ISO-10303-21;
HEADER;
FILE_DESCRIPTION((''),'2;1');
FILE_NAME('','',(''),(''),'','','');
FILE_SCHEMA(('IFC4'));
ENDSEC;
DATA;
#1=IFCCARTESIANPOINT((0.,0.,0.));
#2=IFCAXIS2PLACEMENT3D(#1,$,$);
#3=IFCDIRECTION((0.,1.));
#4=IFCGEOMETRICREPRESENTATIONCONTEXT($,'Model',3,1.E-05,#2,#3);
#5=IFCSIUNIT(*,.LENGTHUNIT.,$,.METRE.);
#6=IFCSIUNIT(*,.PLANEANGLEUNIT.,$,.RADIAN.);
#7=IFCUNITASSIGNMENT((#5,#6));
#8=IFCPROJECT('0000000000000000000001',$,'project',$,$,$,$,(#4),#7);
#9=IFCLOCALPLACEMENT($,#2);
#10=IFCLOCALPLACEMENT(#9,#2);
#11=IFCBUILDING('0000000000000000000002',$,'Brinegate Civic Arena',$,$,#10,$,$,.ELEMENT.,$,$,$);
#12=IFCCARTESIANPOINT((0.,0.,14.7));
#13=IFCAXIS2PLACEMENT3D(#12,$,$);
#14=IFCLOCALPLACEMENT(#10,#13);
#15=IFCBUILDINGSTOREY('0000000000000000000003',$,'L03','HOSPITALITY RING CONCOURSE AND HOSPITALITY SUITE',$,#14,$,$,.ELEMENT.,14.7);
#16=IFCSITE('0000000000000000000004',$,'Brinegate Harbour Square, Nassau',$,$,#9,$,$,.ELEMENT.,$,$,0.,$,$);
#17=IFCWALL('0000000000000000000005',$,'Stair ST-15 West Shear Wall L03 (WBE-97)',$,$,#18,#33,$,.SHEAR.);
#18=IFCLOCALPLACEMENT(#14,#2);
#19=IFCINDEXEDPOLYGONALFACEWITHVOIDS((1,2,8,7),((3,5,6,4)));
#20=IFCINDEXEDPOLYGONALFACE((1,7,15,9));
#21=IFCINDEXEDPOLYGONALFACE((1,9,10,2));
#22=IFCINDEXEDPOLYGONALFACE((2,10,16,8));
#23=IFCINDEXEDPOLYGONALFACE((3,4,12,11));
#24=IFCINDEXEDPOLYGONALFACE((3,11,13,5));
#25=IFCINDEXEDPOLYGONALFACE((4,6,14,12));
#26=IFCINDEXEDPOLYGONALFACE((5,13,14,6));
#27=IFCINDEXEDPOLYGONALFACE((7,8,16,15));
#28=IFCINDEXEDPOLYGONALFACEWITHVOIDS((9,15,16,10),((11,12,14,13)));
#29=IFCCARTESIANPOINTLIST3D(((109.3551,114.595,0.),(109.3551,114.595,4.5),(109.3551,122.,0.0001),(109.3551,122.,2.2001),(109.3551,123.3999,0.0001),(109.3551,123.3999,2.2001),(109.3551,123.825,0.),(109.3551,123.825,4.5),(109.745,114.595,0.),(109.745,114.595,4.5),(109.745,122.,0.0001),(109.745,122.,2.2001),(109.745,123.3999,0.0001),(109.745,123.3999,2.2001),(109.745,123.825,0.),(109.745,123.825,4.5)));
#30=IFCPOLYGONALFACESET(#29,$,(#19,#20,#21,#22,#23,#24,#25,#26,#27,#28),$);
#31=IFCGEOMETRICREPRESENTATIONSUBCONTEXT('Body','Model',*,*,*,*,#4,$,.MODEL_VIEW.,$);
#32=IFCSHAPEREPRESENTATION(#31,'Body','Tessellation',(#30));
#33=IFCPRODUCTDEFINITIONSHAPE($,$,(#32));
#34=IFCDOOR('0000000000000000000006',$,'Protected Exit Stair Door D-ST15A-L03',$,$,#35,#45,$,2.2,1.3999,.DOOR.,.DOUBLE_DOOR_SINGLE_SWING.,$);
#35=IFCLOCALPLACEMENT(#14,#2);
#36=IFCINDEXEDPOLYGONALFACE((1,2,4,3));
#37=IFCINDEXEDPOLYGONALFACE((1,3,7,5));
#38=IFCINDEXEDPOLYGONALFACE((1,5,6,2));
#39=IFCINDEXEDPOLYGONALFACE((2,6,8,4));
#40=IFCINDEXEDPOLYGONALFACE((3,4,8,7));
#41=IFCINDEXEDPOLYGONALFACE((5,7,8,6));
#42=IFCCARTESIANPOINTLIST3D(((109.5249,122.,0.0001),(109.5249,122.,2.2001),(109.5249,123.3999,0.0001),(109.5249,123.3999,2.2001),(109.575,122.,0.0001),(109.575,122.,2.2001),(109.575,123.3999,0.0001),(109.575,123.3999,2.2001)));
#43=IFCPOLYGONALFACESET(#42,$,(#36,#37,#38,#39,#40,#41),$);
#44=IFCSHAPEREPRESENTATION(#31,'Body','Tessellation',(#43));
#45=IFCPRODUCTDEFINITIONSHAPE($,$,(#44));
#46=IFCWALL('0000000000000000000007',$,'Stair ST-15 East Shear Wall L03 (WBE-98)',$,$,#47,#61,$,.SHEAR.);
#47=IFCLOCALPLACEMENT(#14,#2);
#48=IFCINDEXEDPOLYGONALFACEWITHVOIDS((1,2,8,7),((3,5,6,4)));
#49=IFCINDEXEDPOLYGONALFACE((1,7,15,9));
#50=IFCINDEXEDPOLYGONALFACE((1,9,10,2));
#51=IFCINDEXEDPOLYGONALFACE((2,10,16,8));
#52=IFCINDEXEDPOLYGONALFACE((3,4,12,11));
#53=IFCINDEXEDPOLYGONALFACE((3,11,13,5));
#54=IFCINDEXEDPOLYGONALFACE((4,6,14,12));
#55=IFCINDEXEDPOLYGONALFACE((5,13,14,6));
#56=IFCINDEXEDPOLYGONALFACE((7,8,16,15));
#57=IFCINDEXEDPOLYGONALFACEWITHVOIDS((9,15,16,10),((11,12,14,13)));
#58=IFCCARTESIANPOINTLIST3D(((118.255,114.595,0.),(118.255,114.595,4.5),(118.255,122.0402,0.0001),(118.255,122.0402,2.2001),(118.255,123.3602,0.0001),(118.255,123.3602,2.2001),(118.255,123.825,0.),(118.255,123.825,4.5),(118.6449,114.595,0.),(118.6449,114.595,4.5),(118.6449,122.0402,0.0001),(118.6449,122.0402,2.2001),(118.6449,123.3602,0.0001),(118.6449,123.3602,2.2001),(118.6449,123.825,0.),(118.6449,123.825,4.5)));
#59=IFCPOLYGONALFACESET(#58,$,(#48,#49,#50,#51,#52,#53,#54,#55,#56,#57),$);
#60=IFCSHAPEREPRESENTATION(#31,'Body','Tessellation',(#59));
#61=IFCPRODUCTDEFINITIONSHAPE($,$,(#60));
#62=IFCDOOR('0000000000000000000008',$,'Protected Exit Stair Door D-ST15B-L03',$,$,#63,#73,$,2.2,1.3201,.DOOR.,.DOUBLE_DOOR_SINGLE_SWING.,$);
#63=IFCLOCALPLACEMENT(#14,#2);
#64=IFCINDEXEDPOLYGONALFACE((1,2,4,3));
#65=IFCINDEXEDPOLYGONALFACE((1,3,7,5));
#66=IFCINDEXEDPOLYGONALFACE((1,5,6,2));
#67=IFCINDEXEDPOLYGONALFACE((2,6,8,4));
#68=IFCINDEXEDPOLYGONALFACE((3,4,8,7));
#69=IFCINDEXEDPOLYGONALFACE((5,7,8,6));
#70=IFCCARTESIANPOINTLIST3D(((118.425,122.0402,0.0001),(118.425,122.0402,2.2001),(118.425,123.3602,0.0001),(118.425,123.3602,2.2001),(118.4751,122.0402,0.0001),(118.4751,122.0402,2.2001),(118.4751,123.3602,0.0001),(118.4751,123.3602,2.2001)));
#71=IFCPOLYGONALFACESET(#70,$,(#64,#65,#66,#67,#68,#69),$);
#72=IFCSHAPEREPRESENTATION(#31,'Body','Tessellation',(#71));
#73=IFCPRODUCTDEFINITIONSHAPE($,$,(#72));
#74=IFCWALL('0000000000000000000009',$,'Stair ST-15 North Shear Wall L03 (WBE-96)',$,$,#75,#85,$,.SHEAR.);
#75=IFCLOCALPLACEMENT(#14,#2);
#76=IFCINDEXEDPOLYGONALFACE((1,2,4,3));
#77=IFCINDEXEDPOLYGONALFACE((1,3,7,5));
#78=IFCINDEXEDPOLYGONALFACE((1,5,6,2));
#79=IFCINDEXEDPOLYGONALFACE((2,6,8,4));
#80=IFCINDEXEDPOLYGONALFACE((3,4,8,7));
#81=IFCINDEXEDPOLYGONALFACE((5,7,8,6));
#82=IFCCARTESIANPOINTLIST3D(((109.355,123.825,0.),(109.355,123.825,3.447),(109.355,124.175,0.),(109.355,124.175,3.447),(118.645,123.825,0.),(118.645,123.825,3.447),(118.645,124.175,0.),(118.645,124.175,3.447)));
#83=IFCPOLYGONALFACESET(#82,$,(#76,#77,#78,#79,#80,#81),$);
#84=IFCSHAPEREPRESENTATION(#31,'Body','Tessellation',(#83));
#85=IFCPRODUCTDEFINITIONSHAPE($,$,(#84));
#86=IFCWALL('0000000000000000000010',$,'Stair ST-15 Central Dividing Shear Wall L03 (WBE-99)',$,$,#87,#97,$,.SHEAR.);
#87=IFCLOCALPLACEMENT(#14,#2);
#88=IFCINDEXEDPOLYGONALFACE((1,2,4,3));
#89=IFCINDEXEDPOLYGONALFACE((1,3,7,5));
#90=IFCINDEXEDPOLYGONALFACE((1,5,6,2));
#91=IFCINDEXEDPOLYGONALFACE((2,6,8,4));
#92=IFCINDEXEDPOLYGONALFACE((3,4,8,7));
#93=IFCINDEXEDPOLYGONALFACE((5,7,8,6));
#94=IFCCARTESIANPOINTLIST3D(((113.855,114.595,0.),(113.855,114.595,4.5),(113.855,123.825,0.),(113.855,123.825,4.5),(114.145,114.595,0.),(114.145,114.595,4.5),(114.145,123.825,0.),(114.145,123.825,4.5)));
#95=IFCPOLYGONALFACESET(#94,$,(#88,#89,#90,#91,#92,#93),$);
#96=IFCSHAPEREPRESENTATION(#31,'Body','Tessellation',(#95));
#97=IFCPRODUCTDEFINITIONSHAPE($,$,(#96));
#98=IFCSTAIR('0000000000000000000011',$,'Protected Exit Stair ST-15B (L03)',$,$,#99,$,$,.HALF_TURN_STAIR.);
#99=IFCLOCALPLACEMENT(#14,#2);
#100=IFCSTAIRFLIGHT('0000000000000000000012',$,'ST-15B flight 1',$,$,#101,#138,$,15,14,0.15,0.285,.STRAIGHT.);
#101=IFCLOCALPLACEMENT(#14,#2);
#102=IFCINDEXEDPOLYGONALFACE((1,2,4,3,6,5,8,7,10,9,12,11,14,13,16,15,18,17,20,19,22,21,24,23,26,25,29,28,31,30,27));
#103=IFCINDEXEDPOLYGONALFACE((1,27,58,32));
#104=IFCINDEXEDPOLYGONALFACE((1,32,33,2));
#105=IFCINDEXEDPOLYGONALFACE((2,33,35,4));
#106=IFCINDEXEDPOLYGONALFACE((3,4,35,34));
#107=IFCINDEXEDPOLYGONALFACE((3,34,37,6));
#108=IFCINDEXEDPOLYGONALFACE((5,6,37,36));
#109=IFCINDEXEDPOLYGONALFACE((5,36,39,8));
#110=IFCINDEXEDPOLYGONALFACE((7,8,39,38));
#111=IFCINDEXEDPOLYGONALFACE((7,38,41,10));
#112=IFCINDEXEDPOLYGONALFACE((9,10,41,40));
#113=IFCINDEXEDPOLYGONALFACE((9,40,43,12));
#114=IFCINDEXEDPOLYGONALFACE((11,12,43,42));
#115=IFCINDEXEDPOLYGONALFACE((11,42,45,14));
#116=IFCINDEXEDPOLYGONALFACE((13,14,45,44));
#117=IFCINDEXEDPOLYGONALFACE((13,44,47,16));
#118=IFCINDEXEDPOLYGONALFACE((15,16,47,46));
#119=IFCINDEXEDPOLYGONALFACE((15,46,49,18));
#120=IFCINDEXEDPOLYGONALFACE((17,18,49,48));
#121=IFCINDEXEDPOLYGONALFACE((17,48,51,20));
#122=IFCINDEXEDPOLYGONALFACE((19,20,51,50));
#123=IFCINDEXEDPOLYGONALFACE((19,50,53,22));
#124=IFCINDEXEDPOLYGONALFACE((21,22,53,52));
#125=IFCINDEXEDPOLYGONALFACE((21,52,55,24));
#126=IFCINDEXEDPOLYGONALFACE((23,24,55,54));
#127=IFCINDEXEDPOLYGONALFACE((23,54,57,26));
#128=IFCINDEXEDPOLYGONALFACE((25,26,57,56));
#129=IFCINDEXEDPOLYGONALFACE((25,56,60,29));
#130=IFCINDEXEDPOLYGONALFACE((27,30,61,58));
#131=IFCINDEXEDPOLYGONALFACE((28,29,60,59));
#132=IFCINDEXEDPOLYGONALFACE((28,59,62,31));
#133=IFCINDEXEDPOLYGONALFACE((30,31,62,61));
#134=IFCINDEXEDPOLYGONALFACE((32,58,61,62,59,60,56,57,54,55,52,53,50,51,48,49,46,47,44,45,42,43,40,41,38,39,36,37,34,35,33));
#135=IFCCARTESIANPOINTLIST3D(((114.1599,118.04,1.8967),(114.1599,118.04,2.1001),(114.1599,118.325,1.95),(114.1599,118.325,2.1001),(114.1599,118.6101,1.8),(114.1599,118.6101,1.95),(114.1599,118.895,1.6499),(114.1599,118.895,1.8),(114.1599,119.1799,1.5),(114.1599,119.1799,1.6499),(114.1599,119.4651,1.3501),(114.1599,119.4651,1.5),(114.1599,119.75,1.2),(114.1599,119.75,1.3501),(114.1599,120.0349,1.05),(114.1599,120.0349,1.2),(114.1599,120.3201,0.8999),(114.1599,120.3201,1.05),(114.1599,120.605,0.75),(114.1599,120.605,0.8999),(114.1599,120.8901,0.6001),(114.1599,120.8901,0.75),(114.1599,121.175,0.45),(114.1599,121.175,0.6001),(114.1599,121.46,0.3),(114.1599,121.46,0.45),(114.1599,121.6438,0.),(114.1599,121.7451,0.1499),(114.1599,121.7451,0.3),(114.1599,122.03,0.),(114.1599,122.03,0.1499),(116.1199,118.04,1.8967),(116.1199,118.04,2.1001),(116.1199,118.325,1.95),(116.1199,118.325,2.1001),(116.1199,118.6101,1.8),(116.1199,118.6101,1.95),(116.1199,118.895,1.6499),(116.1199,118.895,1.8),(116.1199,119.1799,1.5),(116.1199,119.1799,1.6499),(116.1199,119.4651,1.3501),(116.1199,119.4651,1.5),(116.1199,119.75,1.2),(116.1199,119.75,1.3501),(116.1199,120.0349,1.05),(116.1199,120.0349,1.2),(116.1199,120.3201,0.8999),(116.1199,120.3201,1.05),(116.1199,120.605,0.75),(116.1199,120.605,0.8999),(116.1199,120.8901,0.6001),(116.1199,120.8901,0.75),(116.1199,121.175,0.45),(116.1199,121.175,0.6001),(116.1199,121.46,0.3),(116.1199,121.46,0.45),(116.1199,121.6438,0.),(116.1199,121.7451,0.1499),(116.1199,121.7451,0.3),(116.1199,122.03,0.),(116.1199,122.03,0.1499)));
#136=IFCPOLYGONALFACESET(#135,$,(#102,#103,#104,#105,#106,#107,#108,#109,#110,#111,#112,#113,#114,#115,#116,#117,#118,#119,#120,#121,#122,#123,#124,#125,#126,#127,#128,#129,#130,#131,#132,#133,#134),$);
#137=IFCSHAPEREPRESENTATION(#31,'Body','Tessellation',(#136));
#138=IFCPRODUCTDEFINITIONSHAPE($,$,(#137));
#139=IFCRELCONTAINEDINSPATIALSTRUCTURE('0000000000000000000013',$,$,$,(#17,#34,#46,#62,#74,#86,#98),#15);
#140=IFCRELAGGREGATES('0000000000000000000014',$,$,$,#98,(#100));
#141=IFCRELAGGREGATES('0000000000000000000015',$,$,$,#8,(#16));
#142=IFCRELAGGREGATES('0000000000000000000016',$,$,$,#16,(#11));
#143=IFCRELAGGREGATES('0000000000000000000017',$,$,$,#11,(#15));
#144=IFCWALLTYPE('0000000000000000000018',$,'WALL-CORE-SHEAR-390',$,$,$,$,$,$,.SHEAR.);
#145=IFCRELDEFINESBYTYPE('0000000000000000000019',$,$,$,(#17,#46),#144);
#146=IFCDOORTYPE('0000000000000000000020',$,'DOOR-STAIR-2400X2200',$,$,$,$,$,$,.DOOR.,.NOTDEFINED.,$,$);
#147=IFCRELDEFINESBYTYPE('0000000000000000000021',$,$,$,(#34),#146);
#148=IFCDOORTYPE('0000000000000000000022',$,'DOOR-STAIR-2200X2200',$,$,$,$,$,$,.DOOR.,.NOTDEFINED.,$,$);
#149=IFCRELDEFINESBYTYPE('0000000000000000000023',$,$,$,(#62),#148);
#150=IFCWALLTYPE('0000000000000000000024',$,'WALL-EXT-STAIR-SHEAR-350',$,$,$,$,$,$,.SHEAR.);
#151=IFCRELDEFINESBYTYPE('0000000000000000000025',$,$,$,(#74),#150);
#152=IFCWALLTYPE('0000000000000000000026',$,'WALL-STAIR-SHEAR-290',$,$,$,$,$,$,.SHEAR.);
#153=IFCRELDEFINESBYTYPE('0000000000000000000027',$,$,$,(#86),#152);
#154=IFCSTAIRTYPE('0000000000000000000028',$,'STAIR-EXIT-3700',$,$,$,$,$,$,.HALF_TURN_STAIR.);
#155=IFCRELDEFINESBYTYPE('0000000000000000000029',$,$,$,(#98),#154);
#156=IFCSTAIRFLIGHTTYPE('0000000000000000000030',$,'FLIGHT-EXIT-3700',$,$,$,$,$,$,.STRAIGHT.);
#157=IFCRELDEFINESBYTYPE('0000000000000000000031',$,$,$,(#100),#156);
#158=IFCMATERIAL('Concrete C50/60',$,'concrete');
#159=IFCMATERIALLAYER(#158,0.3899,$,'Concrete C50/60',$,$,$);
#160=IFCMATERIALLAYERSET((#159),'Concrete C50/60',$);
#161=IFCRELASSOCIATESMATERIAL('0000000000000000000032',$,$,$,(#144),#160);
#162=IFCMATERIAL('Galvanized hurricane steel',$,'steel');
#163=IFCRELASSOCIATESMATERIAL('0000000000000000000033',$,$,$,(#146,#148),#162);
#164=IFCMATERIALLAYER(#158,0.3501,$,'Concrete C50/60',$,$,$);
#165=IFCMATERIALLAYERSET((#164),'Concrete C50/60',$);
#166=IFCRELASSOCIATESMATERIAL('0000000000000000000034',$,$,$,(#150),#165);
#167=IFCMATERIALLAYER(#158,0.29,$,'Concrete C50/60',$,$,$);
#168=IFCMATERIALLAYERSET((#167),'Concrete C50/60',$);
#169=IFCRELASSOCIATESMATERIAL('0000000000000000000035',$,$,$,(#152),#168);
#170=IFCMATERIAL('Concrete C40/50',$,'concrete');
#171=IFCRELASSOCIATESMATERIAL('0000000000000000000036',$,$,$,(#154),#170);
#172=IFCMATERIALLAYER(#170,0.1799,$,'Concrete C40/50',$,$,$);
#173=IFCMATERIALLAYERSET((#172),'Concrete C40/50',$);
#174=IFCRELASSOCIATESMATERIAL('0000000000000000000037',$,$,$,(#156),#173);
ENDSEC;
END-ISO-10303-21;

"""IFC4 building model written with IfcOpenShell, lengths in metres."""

from ifc_helpers import new_model, si_unit, direction, frame, frame_2d, origin, place, context, subcontext, project, spatial, polyline, rectangle, outline, extrude, material, layer, layer_set, type_object, element, fill, aggregate, save


model = new_model("IFC4")

# Units and contexts
model_context = context("Model", 3, precision=1e-05, world=origin(), true_north=direction((0.0, 1.0)))
body_context = subcontext(model_context, "Body", "Model", "MODEL_VIEW")
ifc_project = project(units=[si_unit("LENGTHUNIT", "METRE"), si_unit("PLANEANGLEUNIT", "RADIAN")], contexts=[model_context])

# Site, building, storey
site_placement = place(None, origin())
site = spatial("IfcSite", under=ifc_project, at=site_placement, Name="Brinegate Harbour Square, Nassau", CompositionType="ELEMENT", RefElevation=0.0)
building_placement = place(site_placement, origin())
building = spatial("IfcBuilding", under=site, at=building_placement, Name="Brinegate Civic Arena", CompositionType="ELEMENT")
storey_placement = place(building_placement, frame((0.0, 0.0, 14.7)))
storey = spatial("IfcBuildingStorey", under=building, at=storey_placement, Name="L03", Description="HOSPITALITY RING CONCOURSE AND HOSPITALITY SUITE", CompositionType="ELEMENT", Elevation=14.7)

# Shared definitions
ifc_material_1 = material(Name="Concrete C50/60", Category="concrete")

# Shared definitions
ifc_layer_1 = layer(ifc_material_1, 0.3899, Name="Concrete C50/60")
ifc_layer_set_1 = layer_set([ifc_layer_1], Name="Concrete C50/60")
wall_type_1 = type_object("IfcWallType", Name="WALL-CORE-SHEAR-390", PredefinedType="SHEAR", material=ifc_layer_set_1)

# Walls, openings, doors
wall_1_placement = place(storey_placement, frame((109.55, 114.595, 0.0), z_axis=(0.0, 0.0, 1.0), x_axis=(0.0, 1.0, 0.0)))
wall_1 = element("IfcWall", 1, at=wall_1_placement, inside=storey, type_object=wall_type_1, Name="Stair ST-15 West Shear Wall L03 (WBE-97)", PredefinedType="SHEAR", context=body_context, shape_type="SweptSolid", body=[
    extrude(rectangle(XDim=9.23, YDim=0.3899, at=frame_2d((4.615, 0.0))), origin(), (0.0, 0.0, 1.0), 4.5),
])
opening_1_placement = place(wall_1_placement, frame((7.405, 0.0, 0.0)))
opening_1 = element("IfcOpeningElement", 2, at=opening_1_placement, cuts=wall_1, PredefinedType="OPENING", context=body_context, shape_type="SweptSolid", body=[
    extrude(rectangle(XDim=1.3999, YDim=2.2, at=frame_2d((0.7, 1.1001))), frame((0.0, 0.2048, 0.0), z_axis=(0.0, -1.0, 0.0), x_axis=(1.0, 0.0, 0.0)), (0.0, 0.0, 1.0), 0.4099),
])
ifc_material_2 = material(Name="Galvanized hurricane steel", Category="steel")
door_type_1 = type_object("IfcDoorType", Name="DOOR-STAIR-2400X2200", OperationType="NOTDEFINED", PredefinedType="DOOR", material=ifc_material_2)
door_1_placement = place(opening_1_placement, frame((1.3999, 0.0, 0.0), z_axis=(0.0, 0.0, 1.0), x_axis=(-1.0, 0.0, 0.0)))
door_1 = element("IfcDoor", 3, at=door_1_placement, inside=storey, type_object=door_type_1, Name="Protected Exit Stair Door D-ST15A-L03", OperationType="DOUBLE_DOOR_SINGLE_SWING", OverallHeight=2.2, OverallWidth=1.3999, PredefinedType="DOOR", context=body_context, shape_type="SweptSolid", body=[
    extrude(rectangle(XDim=1.3999, YDim=2.2, at=frame_2d((0.7, 1.1001))), frame((0.0, 0.0249, 0.0), z_axis=(0.0, -1.0, 0.0), x_axis=(1.0, 0.0, 0.0)), (0.0, 0.0, 1.0), 0.05),
])
fill(opening_1, door_1)
wall_2_placement = place(storey_placement, frame((118.45, 114.595, 0.0), z_axis=(0.0, 0.0, 1.0), x_axis=(0.0, 1.0, 0.0)))
wall_2 = element("IfcWall", 4, at=wall_2_placement, inside=storey, type_object=wall_type_1, Name="Stair ST-15 East Shear Wall L03 (WBE-98)", PredefinedType="SHEAR", context=body_context, shape_type="SweptSolid", body=[
    extrude(rectangle(XDim=9.23, YDim=0.3899, at=frame_2d((4.615, 0.0))), origin(), (0.0, 0.0, 1.0), 4.5),
])
opening_2_placement = place(wall_2_placement, frame((7.4451, 0.0, 0.0)))
opening_2 = element("IfcOpeningElement", 5, at=opening_2_placement, cuts=wall_2, PredefinedType="OPENING", context=body_context, shape_type="SweptSolid", body=[
    extrude(rectangle(XDim=1.3201, YDim=2.2, at=frame_2d((0.6602, 1.1001))), frame((0.0, 0.2048, 0.0), z_axis=(0.0, -1.0, 0.0), x_axis=(1.0, 0.0, 0.0)), (0.0, 0.0, 1.0), 0.4099),
])
door_type_2 = type_object("IfcDoorType", Name="DOOR-STAIR-2200X2200", OperationType="NOTDEFINED", PredefinedType="DOOR", material=ifc_material_2)
door_2_placement = place(opening_2_placement, origin())
door_2 = element("IfcDoor", 6, at=door_2_placement, inside=storey, type_object=door_type_2, Name="Protected Exit Stair Door D-ST15B-L03", OperationType="DOUBLE_DOOR_SINGLE_SWING", OverallHeight=2.2, OverallWidth=1.3201, PredefinedType="DOOR", context=body_context, shape_type="SweptSolid", body=[
    extrude(rectangle(XDim=1.3201, YDim=2.2, at=frame_2d((0.6602, 1.1001))), frame((0.0, 0.0249, 0.0), z_axis=(0.0, -1.0, 0.0), x_axis=(1.0, 0.0, 0.0)), (0.0, 0.0, 1.0), 0.05),
])
fill(opening_2, door_2)

# Walls
ifc_layer_2 = layer(ifc_material_1, 0.3501, Name="Concrete C50/60")
ifc_layer_set_2 = layer_set([ifc_layer_2], Name="Concrete C50/60")
wall_type_2 = type_object("IfcWallType", Name="WALL-EXT-STAIR-SHEAR-350", PredefinedType="SHEAR", material=ifc_layer_set_2)
wall_3_placement = place(storey_placement, frame((109.355, 124.0, 0.0), z_axis=(0.0, 0.0, 1.0), x_axis=(1.0, 0.0, 0.0)))
element("IfcWall", 7, at=wall_3_placement, inside=storey, type_object=wall_type_2, Name="Stair ST-15 North Shear Wall L03 (WBE-96)", PredefinedType="SHEAR", context=body_context, shape_type="SweptSolid", body=[
    extrude(rectangle(XDim=9.29, YDim=0.3501, at=frame_2d((4.645, 0.0))), origin(), (0.0, 0.0, 1.0), 3.447),
])
ifc_layer_3 = layer(ifc_material_1, 0.29, Name="Concrete C50/60")
ifc_layer_set_3 = layer_set([ifc_layer_3], Name="Concrete C50/60")
wall_type_3 = type_object("IfcWallType", Name="WALL-STAIR-SHEAR-290", PredefinedType="SHEAR", material=ifc_layer_set_3)
wall_4_placement = place(storey_placement, frame((114.0, 114.595, 0.0), z_axis=(0.0, 0.0, 1.0), x_axis=(0.0, 1.0, 0.0)))
element("IfcWall", 8, at=wall_4_placement, inside=storey, type_object=wall_type_3, Name="Stair ST-15 Central Dividing Shear Wall L03 (WBE-99)", PredefinedType="SHEAR", context=body_context, shape_type="SweptSolid", body=[
    extrude(rectangle(XDim=9.23, YDim=0.29, at=frame_2d((4.615, 0.0))), origin(), (0.0, 0.0, 1.0), 4.5),
])

# Stair, stair flight
ifc_material_3 = material(Name="Concrete C40/50", Category="concrete")
stair_type_1 = type_object("IfcStairType", Name="STAIR-EXIT-3700", PredefinedType="HALF_TURN_STAIR", material=ifc_material_3)
stair_1_placement = place(storey_placement, origin())
stair_1 = element("IfcStair", 9, at=stair_1_placement, inside=storey, type_object=stair_type_1, Name="Protected Exit Stair ST-15B (L03)", PredefinedType="HALF_TURN_STAIR")
ifc_layer_4 = layer(ifc_material_3, 0.1799, Name="Concrete C40/50")
ifc_layer_set_4 = layer_set([ifc_layer_4], Name="Concrete C40/50")
stair_flight_type_1 = type_object("IfcStairFlightType", Name="FLIGHT-EXIT-3700", PredefinedType="STRAIGHT", material=ifc_layer_set_4)
stair_flight_1_placement = place(storey_placement, frame((115.1399, 122.03, 0.0), z_axis=(0.0, 0.0, 1.0), x_axis=(0.0, -1.0, 0.0)))
stair_flight_1 = element("IfcStairFlight", 10, at=stair_flight_1_placement, type_object=stair_flight_type_1, Name="ST-15B flight 1", NumberOfRisers=15, NumberOfTreads=14, PredefinedType="STRAIGHT", RiserHeight=0.15, TreadLength=0.285, context=body_context, shape_type="SweptSolid", body=[
    extrude(outline(polyline([(0.0, 0.0), (0.0, 0.1499), (0.2849, 0.1499), (0.2849, 0.3), (0.5701, 0.3), (0.5701, 0.45), (0.855, 0.45), (0.855, 0.6001), (1.1399, 0.6001), (1.1399, 0.75), (1.425, 0.75), (1.425, 0.8999), (1.71, 0.8999), (1.71, 1.05), (1.9951, 1.05), (1.9951, 1.2), (2.28, 1.2), (2.28, 1.3501), (2.5649, 1.3501), (2.5649, 1.5), (2.8501, 1.5), (2.8501, 1.6499), (3.135, 1.6499), (3.135, 1.8), (3.4199, 1.8), (3.4199, 1.95), (3.7051, 1.95), (3.7051, 2.1001), (3.99, 2.1001), (3.99, 2.25), (3.99, 1.8967), (0.3862, 0.0), (0.0, 0.0)])), frame((0.0, 0.98, 0.0), z_axis=(0.0, -1.0, 0.0), x_axis=(1.0, 0.0, 0.0)), (0.0, 0.0, 1.0), 1.96),
])
aggregate(stair_1, [stair_flight_1])

save(model, "model.ifc")
